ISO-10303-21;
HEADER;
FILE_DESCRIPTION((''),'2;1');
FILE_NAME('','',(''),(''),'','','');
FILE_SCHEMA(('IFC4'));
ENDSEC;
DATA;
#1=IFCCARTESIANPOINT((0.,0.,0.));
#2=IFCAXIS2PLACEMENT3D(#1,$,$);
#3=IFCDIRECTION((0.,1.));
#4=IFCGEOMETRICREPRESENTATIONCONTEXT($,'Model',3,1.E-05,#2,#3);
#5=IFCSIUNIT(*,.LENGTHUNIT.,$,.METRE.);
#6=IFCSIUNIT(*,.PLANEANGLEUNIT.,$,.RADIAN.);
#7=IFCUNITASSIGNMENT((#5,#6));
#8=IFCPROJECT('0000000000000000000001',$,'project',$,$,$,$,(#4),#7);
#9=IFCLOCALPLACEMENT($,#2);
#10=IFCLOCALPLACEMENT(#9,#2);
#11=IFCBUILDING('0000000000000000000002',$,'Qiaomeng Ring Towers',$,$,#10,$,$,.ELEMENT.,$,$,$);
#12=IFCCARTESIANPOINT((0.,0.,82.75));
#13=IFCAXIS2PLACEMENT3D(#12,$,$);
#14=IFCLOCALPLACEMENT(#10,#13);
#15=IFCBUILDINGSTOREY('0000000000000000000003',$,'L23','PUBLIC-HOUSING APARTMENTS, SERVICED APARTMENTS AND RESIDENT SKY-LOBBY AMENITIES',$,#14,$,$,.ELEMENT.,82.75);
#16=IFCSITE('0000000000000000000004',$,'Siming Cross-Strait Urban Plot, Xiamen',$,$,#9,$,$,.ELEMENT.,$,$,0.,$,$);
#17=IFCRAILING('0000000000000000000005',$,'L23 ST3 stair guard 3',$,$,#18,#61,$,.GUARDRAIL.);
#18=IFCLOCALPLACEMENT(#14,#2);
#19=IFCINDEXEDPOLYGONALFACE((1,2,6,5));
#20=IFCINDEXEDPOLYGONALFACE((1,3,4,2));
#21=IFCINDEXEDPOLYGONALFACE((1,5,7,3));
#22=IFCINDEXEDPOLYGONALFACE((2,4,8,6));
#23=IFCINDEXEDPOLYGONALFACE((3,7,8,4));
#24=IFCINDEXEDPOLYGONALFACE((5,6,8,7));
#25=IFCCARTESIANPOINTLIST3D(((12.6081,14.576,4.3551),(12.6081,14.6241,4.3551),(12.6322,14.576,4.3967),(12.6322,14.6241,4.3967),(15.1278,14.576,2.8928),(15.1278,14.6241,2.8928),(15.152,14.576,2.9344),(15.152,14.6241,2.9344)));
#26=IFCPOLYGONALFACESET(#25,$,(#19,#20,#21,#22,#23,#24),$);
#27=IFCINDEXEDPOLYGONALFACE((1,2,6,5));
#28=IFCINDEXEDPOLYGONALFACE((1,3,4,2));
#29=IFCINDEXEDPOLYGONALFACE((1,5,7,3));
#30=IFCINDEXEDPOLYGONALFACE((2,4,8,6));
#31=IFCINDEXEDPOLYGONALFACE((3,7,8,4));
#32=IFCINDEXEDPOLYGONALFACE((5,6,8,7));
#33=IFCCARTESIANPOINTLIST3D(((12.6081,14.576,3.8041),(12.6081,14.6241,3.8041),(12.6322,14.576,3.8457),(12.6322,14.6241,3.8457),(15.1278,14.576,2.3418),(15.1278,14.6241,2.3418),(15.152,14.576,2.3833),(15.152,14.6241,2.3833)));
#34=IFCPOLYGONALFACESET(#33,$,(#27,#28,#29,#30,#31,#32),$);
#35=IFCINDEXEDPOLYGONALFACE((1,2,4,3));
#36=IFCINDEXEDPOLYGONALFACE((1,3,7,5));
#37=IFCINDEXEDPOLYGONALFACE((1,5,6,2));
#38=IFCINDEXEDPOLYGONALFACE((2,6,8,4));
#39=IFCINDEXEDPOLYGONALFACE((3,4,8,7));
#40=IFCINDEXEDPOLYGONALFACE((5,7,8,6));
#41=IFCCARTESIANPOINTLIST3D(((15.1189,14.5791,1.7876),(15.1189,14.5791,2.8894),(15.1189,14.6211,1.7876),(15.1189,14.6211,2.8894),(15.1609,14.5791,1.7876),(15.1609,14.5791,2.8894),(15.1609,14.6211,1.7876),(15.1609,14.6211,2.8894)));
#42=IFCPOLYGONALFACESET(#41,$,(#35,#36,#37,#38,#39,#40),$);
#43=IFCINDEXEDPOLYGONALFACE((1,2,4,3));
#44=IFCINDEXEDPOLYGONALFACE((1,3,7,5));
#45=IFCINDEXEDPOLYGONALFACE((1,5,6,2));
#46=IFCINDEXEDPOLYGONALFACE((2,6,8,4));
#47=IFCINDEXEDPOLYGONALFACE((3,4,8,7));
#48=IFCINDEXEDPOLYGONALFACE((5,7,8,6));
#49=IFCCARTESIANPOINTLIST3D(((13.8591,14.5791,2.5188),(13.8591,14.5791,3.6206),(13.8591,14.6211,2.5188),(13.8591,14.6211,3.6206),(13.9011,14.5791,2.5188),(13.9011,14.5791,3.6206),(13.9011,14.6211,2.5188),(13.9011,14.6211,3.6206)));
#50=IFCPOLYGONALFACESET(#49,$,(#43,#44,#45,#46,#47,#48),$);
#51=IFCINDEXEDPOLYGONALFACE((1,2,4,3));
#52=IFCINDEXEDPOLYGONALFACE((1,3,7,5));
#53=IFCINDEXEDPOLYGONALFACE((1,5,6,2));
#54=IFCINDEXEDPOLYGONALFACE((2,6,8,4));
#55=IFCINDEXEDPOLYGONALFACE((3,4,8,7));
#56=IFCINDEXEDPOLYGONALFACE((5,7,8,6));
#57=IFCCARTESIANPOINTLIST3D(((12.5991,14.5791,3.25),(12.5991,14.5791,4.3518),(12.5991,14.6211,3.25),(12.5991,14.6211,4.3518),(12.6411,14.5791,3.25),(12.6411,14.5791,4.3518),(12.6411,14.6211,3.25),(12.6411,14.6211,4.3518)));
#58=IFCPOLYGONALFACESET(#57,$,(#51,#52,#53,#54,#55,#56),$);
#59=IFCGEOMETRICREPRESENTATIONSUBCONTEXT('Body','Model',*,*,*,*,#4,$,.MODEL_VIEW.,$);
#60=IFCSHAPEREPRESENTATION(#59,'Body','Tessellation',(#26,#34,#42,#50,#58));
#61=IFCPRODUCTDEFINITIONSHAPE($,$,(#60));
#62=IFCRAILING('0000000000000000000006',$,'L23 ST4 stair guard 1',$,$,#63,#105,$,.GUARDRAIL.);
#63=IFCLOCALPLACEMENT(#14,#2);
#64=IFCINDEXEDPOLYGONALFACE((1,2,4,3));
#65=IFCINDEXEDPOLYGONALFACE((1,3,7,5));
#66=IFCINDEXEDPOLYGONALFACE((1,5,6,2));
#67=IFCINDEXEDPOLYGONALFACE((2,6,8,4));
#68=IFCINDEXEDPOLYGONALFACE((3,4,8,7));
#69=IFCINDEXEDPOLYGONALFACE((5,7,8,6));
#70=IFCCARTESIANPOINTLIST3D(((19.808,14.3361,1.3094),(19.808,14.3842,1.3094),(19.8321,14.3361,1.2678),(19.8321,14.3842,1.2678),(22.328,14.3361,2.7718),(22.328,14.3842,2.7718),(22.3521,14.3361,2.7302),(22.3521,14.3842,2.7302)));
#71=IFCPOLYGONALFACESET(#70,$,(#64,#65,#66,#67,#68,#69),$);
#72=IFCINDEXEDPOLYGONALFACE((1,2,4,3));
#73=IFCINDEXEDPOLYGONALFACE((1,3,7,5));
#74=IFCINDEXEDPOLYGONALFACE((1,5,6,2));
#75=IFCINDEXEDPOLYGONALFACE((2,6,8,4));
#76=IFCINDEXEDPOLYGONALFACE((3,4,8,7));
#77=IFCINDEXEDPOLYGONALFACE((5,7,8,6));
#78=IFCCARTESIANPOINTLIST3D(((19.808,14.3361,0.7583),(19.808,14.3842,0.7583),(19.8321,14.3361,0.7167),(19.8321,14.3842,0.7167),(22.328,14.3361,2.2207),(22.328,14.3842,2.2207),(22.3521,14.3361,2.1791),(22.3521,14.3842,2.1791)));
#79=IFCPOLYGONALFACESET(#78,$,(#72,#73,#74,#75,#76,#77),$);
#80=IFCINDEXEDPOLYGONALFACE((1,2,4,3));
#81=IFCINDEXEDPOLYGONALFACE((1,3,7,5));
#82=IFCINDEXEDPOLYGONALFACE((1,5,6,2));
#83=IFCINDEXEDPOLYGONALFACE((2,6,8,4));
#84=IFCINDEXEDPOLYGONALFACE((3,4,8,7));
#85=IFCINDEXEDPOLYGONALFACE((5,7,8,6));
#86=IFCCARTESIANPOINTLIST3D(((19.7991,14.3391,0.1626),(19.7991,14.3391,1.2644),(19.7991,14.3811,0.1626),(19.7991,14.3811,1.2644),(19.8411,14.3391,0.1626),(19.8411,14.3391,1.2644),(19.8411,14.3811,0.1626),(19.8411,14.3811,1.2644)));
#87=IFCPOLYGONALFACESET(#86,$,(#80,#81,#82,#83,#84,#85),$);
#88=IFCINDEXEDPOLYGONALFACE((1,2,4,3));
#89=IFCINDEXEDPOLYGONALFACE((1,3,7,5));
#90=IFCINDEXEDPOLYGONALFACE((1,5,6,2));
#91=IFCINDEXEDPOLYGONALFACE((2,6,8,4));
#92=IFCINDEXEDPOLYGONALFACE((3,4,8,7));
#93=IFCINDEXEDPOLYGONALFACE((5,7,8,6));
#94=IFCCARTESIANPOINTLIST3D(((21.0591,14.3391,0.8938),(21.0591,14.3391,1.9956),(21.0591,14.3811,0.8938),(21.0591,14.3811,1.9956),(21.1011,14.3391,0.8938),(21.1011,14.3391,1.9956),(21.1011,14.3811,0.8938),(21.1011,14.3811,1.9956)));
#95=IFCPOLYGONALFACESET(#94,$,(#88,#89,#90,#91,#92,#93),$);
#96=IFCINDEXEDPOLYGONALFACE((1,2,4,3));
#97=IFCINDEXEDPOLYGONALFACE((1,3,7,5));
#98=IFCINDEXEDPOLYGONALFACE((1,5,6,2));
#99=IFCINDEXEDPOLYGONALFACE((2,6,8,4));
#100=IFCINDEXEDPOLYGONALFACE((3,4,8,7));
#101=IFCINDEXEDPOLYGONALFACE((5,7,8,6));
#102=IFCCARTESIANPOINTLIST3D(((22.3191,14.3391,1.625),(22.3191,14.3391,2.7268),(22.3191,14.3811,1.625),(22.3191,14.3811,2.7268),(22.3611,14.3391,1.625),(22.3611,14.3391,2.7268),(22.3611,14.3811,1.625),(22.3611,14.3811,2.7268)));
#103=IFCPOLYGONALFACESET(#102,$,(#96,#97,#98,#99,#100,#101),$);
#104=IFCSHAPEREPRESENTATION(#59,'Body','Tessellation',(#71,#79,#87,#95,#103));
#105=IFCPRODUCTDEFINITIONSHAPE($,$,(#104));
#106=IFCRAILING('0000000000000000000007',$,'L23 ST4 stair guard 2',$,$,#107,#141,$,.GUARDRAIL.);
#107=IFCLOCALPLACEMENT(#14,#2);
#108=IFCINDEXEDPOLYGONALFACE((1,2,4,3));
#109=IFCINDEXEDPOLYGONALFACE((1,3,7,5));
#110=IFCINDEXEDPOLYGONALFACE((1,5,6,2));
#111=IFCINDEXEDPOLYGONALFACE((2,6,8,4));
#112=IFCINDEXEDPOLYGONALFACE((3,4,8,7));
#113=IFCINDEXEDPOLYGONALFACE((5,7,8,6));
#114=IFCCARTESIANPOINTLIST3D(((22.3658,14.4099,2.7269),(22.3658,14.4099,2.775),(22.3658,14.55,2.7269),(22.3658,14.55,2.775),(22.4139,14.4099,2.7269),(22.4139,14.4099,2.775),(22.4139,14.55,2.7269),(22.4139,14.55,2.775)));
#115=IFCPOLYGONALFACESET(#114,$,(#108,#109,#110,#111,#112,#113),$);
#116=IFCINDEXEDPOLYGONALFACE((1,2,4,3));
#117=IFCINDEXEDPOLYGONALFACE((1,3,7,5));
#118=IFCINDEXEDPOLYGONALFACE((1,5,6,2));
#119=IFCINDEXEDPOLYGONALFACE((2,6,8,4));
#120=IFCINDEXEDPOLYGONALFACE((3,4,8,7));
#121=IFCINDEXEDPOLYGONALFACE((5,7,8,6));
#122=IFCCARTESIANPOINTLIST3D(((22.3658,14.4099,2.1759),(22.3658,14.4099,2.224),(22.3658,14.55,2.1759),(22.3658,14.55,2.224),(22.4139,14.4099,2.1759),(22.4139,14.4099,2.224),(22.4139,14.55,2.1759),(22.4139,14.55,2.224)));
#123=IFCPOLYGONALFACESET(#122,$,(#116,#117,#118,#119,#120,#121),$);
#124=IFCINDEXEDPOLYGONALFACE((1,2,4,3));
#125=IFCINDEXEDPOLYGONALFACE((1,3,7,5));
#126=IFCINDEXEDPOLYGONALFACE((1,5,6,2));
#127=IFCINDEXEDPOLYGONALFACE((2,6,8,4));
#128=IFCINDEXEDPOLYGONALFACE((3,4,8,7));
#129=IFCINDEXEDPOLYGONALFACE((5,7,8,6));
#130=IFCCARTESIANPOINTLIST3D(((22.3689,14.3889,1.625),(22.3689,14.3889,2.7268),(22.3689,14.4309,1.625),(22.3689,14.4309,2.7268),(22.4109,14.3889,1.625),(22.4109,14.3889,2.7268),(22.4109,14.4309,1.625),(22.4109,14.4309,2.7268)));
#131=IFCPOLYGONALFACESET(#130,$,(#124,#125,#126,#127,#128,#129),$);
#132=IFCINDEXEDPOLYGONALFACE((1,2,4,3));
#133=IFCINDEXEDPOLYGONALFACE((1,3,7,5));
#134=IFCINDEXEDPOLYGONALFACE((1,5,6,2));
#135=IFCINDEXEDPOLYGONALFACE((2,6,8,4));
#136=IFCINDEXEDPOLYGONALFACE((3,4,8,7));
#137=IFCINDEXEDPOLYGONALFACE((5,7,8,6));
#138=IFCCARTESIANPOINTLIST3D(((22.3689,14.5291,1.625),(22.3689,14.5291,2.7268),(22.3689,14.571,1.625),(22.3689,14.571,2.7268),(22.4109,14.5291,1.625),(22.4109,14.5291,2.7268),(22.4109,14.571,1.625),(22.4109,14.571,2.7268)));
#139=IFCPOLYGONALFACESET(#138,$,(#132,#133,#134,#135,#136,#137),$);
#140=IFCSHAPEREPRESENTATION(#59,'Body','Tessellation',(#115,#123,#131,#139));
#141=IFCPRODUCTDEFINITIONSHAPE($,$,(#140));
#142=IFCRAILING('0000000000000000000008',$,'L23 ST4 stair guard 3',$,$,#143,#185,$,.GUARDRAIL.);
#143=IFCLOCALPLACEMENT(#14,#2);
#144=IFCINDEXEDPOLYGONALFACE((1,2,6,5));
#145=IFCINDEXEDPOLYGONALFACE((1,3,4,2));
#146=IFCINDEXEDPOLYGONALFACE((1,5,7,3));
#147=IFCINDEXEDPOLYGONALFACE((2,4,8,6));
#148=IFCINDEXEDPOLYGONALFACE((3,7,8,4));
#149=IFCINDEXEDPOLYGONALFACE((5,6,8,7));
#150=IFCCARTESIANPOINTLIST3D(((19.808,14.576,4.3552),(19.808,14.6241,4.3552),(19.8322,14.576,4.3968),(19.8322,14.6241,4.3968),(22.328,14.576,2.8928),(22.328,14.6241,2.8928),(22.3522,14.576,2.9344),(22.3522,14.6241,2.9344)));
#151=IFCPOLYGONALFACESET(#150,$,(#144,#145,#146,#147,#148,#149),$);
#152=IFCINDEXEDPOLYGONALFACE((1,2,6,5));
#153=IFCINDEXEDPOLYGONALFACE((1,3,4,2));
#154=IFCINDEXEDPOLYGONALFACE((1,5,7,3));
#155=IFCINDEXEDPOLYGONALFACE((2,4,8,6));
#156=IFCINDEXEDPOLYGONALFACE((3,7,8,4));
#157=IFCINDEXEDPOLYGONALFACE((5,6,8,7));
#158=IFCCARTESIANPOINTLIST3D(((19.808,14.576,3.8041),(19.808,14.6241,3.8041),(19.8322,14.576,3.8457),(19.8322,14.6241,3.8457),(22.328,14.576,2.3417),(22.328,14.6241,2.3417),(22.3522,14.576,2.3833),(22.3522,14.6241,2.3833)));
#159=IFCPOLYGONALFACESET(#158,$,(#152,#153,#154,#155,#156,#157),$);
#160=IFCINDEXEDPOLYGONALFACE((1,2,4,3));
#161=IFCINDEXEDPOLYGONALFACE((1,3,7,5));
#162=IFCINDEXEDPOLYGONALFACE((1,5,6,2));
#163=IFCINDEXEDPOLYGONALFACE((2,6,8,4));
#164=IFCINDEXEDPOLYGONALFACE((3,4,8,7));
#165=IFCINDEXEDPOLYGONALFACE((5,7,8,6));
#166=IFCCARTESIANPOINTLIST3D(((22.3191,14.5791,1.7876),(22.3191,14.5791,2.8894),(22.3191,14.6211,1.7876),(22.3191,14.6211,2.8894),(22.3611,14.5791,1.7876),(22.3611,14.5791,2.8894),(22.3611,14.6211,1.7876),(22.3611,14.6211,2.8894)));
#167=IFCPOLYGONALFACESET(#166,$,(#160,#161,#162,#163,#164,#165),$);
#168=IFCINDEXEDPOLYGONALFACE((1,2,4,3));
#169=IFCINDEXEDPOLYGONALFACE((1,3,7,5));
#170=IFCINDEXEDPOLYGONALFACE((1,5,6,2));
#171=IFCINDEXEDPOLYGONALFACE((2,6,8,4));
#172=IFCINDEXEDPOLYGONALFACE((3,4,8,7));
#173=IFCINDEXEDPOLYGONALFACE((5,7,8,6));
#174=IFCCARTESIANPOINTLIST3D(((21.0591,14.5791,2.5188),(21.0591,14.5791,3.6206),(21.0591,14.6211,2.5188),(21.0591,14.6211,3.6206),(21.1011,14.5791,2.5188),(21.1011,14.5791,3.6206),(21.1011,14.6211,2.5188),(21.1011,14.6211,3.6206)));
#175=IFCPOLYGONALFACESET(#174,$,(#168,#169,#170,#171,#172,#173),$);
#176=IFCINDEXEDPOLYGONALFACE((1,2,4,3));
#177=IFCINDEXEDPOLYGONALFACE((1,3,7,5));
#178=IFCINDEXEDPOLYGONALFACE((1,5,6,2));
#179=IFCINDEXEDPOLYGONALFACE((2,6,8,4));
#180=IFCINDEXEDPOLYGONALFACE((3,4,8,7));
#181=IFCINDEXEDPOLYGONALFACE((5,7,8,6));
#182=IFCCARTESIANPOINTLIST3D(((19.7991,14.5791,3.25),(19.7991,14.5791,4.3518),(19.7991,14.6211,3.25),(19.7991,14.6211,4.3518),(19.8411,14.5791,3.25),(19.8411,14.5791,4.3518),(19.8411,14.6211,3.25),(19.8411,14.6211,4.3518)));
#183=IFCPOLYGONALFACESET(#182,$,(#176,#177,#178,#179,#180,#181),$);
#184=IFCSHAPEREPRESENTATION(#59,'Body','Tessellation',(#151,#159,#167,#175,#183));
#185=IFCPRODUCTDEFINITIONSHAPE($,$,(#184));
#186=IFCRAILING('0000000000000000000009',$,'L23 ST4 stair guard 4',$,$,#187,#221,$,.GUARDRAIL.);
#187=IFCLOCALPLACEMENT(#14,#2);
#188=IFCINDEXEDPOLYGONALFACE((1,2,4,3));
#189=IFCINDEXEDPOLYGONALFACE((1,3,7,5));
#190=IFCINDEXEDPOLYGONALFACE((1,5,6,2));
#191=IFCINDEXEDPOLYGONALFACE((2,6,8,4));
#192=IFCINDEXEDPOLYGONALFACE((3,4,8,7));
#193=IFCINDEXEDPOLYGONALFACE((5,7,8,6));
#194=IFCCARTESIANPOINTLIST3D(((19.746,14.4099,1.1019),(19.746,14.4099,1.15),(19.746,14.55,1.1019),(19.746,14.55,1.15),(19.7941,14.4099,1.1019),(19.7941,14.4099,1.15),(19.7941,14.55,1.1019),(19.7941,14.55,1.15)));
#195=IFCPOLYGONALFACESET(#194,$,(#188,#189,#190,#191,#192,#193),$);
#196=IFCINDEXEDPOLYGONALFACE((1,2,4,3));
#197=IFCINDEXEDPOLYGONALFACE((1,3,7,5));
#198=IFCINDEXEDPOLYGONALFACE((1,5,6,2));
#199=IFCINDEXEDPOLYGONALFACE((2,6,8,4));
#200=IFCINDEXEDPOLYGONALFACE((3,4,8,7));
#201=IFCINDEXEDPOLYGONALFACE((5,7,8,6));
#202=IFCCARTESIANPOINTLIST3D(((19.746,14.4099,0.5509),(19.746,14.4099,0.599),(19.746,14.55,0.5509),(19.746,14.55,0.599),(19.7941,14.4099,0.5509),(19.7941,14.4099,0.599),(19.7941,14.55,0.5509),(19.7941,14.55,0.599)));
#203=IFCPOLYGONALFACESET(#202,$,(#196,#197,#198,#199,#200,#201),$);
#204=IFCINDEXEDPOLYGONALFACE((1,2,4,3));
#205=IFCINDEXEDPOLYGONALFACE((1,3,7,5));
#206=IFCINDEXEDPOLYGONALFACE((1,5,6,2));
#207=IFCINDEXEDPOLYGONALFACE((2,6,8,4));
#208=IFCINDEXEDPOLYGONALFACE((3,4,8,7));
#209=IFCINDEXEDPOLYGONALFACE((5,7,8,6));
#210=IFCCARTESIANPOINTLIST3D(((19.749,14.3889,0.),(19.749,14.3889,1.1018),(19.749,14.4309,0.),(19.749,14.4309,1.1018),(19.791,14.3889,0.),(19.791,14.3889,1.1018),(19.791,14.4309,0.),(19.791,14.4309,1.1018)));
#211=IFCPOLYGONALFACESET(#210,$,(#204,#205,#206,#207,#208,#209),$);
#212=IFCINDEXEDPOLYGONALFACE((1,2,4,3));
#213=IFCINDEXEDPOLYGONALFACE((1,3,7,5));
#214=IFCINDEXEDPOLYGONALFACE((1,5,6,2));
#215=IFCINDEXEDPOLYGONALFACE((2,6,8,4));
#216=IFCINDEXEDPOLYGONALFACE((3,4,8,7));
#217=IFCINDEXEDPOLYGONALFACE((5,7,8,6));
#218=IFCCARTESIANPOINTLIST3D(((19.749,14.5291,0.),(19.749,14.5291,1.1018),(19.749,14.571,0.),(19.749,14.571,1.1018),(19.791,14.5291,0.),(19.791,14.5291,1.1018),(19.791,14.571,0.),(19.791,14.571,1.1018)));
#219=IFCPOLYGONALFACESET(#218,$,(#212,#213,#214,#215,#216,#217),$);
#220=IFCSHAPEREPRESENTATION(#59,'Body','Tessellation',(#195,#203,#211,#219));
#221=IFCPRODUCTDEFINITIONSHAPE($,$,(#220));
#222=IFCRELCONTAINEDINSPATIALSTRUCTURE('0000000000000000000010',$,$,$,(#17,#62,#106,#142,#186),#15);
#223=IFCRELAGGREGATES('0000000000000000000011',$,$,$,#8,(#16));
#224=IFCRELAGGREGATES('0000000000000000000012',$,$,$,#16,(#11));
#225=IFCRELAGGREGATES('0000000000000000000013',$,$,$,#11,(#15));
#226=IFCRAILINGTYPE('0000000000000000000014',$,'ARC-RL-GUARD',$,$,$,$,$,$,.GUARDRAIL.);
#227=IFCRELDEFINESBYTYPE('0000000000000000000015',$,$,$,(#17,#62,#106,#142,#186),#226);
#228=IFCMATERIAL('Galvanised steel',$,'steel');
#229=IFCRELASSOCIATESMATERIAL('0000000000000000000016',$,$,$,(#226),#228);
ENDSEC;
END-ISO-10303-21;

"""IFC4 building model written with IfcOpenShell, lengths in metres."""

from ifc_helpers import new_model, si_unit, direction, frame, origin, origin_2d, place, context, subcontext, project, spatial, rectangle, extrude, material, type_object, element, save


model = new_model("IFC4")

# Units and contexts
model_context = context("Model", 3, precision=1e-05, world=origin(), true_north=direction((0.0, 1.0)))
body_context = subcontext(model_context, "Body", "Model", "MODEL_VIEW")
ifc_project = project(units=[si_unit("LENGTHUNIT", "METRE"), si_unit("PLANEANGLEUNIT", "RADIAN")], contexts=[model_context])

# Site, building, storey
site_placement = place(None, origin())
site = spatial("IfcSite", under=ifc_project, at=site_placement, Name="Siming Cross-Strait Urban Plot, Xiamen", CompositionType="ELEMENT", RefElevation=0.0)
building_placement = place(site_placement, origin())
building = spatial("IfcBuilding", under=site, at=building_placement, Name="Qiaomeng Ring Towers", CompositionType="ELEMENT")
storey_placement = place(building_placement, frame((0.0, 0.0, 82.75)))
storey = spatial("IfcBuildingStorey", under=building, at=storey_placement, Name="L23", Description="PUBLIC-HOUSING APARTMENTS, SERVICED APARTMENTS AND RESIDENT SKY-LOBBY AMENITIES", CompositionType="ELEMENT", Elevation=82.75)

# Railings
ifc_material_1 = material(Name="Galvanised steel", Category="steel")
railing_type_1 = type_object("IfcRailingType", Name="ARC-RL-GUARD", PredefinedType="GUARDRAIL", material=ifc_material_1)
railing_1_placement = place(storey_placement, frame((15.1399, 14.6001, 1.7876)))
element("IfcRailing", 1, at=railing_1_placement, inside=storey, type_object=railing_type_1, Name="L23 ST3 stair guard 3", PredefinedType="GUARDRAIL", context=body_context, shape_type="SweptSolid", body=[
    extrude(rectangle(XDim=0.0481, YDim=0.0481, at=origin_2d()), frame((0.0, 0.0, 1.126), z_axis=(-0.864892, 0.0, 0.501958), x_axis=(0.0, -1.0, 0.0)), (0.0, 0.0, 1.0), 2.9133),
    extrude(rectangle(XDim=0.0481, YDim=0.0481, at=origin_2d()), frame((0.0, 0.0, 0.575), z_axis=(-0.864892, 0.0, 0.501958), x_axis=(0.0, -1.0, 0.0)), (0.0, 0.0, 1.0), 2.9133),
    extrude(rectangle(XDim=0.042, YDim=0.042, at=origin_2d()), origin(), (0.0, 0.0, 1.0), 1.1018),
    extrude(rectangle(XDim=0.042, YDim=0.042, at=origin_2d()), frame((-1.2598, 0.0, 0.7312)), (0.0, 0.0, 1.0), 1.1018),
    extrude(rectangle(XDim=0.042, YDim=0.042, at=origin_2d()), frame((-2.5198, 0.0, 1.4624)), (0.0, 0.0, 1.0), 1.1018),
])
railing_2_placement = place(storey_placement, frame((19.8201, 14.3601, 0.1626)))
element("IfcRailing", 2, at=railing_2_placement, inside=storey, type_object=railing_type_1, Name="L23 ST4 stair guard 1", PredefinedType="GUARDRAIL", context=body_context, shape_type="SweptSolid", body=[
    extrude(rectangle(XDim=0.0481, YDim=0.0481, at=origin_2d()), frame((0.0, 0.0, 1.126), z_axis=(0.864913, 0.0, 0.501921), x_axis=(0.0, 1.0, 0.0)), (0.0, 0.0, 1.0), 2.9136),
    extrude(rectangle(XDim=0.0481, YDim=0.0481, at=origin_2d()), frame((0.0, 0.0, 0.575), z_axis=(0.864913, 0.0, 0.501921), x_axis=(0.0, 1.0, 0.0)), (0.0, 0.0, 1.0), 2.9136),
    extrude(rectangle(XDim=0.042, YDim=0.042, at=origin_2d()), origin(), (0.0, 0.0, 1.0), 1.1018),
    extrude(rectangle(XDim=0.042, YDim=0.042, at=origin_2d()), frame((1.26, 0.0, 0.7312)), (0.0, 0.0, 1.0), 1.1018),
    extrude(rectangle(XDim=0.042, YDim=0.042, at=origin_2d()), frame((2.52, 0.0, 1.4624)), (0.0, 0.0, 1.0), 1.1018),
])
railing_3_placement = place(storey_placement, frame((22.3899, 14.4099, 1.625)))
element("IfcRailing", 3, at=railing_3_placement, inside=storey, type_object=railing_type_1, Name="L23 ST4 stair guard 2", PredefinedType="GUARDRAIL", context=body_context, shape_type="SweptSolid", body=[
    extrude(rectangle(XDim=0.0481, YDim=0.0481, at=origin_2d()), frame((0.0, 0.0, 1.126), z_axis=(0.0, 1.0, 0.0), x_axis=(-1.0, 0.0, 0.0)), (0.0, 0.0, 1.0), 0.1401),
    extrude(rectangle(XDim=0.0481, YDim=0.0481, at=origin_2d()), frame((0.0, 0.0, 0.575), z_axis=(0.0, 1.0, 0.0), x_axis=(-1.0, 0.0, 0.0)), (0.0, 0.0, 1.0), 0.1401),
    extrude(rectangle(XDim=0.042, YDim=0.042, at=origin_2d()), origin(), (0.0, 0.0, 1.0), 1.1018),
    extrude(rectangle(XDim=0.042, YDim=0.042, at=origin_2d()), frame((0.0, 0.1401, 0.0)), (0.0, 0.0, 1.0), 1.1018),
])
railing_4_placement = place(storey_placement, frame((22.3401, 14.6001, 1.7876)))
element("IfcRailing", 4, at=railing_4_placement, inside=storey, type_object=railing_type_1, Name="L23 ST4 stair guard 3", PredefinedType="GUARDRAIL", context=body_context, shape_type="SweptSolid", body=[
    extrude(rectangle(XDim=0.0481, YDim=0.0481, at=origin_2d()), frame((0.0, 0.0, 1.126), z_axis=(-0.864913, 0.0, 0.501921), x_axis=(0.0, -1.0, 0.0)), (0.0, 0.0, 1.0), 2.9136),
    extrude(rectangle(XDim=0.0481, YDim=0.0481, at=origin_2d()), frame((0.0, 0.0, 0.575), z_axis=(-0.864913, 0.0, 0.501921), x_axis=(0.0, -1.0, 0.0)), (0.0, 0.0, 1.0), 2.9136),
    extrude(rectangle(XDim=0.042, YDim=0.042, at=origin_2d()), origin(), (0.0, 0.0, 1.0), 1.1018),
    extrude(rectangle(XDim=0.042, YDim=0.042, at=origin_2d()), frame((-1.26, 0.0, 0.7312)), (0.0, 0.0, 1.0), 1.1018),
    extrude(rectangle(XDim=0.042, YDim=0.042, at=origin_2d()), frame((-2.52, 0.0, 1.4624)), (0.0, 0.0, 1.0), 1.1018),
])
railing_5_placement = place(storey_placement, frame((19.77, 14.4099, 0.0)))
element("IfcRailing", 5, at=railing_5_placement, inside=storey, type_object=railing_type_1, Name="L23 ST4 stair guard 4", PredefinedType="GUARDRAIL", context=body_context, shape_type="SweptSolid", body=[
    extrude(rectangle(XDim=0.0481, YDim=0.0481, at=origin_2d()), frame((0.0, 0.0, 1.126), z_axis=(0.0, 1.0, 0.0), x_axis=(-1.0, 0.0, 0.0)), (0.0, 0.0, 1.0), 0.1401),
    extrude(rectangle(XDim=0.0481, YDim=0.0481, at=origin_2d()), frame((0.0, 0.0, 0.575), z_axis=(0.0, 1.0, 0.0), x_axis=(-1.0, 0.0, 0.0)), (0.0, 0.0, 1.0), 0.1401),
    extrude(rectangle(XDim=0.042, YDim=0.042, at=origin_2d()), origin(), (0.0, 0.0, 1.0), 1.1018),
    extrude(rectangle(XDim=0.042, YDim=0.042, at=origin_2d()), frame((0.0, 0.1401, 0.0)), (0.0, 0.0, 1.0), 1.1018),
])

save(model, "model.ifc")
